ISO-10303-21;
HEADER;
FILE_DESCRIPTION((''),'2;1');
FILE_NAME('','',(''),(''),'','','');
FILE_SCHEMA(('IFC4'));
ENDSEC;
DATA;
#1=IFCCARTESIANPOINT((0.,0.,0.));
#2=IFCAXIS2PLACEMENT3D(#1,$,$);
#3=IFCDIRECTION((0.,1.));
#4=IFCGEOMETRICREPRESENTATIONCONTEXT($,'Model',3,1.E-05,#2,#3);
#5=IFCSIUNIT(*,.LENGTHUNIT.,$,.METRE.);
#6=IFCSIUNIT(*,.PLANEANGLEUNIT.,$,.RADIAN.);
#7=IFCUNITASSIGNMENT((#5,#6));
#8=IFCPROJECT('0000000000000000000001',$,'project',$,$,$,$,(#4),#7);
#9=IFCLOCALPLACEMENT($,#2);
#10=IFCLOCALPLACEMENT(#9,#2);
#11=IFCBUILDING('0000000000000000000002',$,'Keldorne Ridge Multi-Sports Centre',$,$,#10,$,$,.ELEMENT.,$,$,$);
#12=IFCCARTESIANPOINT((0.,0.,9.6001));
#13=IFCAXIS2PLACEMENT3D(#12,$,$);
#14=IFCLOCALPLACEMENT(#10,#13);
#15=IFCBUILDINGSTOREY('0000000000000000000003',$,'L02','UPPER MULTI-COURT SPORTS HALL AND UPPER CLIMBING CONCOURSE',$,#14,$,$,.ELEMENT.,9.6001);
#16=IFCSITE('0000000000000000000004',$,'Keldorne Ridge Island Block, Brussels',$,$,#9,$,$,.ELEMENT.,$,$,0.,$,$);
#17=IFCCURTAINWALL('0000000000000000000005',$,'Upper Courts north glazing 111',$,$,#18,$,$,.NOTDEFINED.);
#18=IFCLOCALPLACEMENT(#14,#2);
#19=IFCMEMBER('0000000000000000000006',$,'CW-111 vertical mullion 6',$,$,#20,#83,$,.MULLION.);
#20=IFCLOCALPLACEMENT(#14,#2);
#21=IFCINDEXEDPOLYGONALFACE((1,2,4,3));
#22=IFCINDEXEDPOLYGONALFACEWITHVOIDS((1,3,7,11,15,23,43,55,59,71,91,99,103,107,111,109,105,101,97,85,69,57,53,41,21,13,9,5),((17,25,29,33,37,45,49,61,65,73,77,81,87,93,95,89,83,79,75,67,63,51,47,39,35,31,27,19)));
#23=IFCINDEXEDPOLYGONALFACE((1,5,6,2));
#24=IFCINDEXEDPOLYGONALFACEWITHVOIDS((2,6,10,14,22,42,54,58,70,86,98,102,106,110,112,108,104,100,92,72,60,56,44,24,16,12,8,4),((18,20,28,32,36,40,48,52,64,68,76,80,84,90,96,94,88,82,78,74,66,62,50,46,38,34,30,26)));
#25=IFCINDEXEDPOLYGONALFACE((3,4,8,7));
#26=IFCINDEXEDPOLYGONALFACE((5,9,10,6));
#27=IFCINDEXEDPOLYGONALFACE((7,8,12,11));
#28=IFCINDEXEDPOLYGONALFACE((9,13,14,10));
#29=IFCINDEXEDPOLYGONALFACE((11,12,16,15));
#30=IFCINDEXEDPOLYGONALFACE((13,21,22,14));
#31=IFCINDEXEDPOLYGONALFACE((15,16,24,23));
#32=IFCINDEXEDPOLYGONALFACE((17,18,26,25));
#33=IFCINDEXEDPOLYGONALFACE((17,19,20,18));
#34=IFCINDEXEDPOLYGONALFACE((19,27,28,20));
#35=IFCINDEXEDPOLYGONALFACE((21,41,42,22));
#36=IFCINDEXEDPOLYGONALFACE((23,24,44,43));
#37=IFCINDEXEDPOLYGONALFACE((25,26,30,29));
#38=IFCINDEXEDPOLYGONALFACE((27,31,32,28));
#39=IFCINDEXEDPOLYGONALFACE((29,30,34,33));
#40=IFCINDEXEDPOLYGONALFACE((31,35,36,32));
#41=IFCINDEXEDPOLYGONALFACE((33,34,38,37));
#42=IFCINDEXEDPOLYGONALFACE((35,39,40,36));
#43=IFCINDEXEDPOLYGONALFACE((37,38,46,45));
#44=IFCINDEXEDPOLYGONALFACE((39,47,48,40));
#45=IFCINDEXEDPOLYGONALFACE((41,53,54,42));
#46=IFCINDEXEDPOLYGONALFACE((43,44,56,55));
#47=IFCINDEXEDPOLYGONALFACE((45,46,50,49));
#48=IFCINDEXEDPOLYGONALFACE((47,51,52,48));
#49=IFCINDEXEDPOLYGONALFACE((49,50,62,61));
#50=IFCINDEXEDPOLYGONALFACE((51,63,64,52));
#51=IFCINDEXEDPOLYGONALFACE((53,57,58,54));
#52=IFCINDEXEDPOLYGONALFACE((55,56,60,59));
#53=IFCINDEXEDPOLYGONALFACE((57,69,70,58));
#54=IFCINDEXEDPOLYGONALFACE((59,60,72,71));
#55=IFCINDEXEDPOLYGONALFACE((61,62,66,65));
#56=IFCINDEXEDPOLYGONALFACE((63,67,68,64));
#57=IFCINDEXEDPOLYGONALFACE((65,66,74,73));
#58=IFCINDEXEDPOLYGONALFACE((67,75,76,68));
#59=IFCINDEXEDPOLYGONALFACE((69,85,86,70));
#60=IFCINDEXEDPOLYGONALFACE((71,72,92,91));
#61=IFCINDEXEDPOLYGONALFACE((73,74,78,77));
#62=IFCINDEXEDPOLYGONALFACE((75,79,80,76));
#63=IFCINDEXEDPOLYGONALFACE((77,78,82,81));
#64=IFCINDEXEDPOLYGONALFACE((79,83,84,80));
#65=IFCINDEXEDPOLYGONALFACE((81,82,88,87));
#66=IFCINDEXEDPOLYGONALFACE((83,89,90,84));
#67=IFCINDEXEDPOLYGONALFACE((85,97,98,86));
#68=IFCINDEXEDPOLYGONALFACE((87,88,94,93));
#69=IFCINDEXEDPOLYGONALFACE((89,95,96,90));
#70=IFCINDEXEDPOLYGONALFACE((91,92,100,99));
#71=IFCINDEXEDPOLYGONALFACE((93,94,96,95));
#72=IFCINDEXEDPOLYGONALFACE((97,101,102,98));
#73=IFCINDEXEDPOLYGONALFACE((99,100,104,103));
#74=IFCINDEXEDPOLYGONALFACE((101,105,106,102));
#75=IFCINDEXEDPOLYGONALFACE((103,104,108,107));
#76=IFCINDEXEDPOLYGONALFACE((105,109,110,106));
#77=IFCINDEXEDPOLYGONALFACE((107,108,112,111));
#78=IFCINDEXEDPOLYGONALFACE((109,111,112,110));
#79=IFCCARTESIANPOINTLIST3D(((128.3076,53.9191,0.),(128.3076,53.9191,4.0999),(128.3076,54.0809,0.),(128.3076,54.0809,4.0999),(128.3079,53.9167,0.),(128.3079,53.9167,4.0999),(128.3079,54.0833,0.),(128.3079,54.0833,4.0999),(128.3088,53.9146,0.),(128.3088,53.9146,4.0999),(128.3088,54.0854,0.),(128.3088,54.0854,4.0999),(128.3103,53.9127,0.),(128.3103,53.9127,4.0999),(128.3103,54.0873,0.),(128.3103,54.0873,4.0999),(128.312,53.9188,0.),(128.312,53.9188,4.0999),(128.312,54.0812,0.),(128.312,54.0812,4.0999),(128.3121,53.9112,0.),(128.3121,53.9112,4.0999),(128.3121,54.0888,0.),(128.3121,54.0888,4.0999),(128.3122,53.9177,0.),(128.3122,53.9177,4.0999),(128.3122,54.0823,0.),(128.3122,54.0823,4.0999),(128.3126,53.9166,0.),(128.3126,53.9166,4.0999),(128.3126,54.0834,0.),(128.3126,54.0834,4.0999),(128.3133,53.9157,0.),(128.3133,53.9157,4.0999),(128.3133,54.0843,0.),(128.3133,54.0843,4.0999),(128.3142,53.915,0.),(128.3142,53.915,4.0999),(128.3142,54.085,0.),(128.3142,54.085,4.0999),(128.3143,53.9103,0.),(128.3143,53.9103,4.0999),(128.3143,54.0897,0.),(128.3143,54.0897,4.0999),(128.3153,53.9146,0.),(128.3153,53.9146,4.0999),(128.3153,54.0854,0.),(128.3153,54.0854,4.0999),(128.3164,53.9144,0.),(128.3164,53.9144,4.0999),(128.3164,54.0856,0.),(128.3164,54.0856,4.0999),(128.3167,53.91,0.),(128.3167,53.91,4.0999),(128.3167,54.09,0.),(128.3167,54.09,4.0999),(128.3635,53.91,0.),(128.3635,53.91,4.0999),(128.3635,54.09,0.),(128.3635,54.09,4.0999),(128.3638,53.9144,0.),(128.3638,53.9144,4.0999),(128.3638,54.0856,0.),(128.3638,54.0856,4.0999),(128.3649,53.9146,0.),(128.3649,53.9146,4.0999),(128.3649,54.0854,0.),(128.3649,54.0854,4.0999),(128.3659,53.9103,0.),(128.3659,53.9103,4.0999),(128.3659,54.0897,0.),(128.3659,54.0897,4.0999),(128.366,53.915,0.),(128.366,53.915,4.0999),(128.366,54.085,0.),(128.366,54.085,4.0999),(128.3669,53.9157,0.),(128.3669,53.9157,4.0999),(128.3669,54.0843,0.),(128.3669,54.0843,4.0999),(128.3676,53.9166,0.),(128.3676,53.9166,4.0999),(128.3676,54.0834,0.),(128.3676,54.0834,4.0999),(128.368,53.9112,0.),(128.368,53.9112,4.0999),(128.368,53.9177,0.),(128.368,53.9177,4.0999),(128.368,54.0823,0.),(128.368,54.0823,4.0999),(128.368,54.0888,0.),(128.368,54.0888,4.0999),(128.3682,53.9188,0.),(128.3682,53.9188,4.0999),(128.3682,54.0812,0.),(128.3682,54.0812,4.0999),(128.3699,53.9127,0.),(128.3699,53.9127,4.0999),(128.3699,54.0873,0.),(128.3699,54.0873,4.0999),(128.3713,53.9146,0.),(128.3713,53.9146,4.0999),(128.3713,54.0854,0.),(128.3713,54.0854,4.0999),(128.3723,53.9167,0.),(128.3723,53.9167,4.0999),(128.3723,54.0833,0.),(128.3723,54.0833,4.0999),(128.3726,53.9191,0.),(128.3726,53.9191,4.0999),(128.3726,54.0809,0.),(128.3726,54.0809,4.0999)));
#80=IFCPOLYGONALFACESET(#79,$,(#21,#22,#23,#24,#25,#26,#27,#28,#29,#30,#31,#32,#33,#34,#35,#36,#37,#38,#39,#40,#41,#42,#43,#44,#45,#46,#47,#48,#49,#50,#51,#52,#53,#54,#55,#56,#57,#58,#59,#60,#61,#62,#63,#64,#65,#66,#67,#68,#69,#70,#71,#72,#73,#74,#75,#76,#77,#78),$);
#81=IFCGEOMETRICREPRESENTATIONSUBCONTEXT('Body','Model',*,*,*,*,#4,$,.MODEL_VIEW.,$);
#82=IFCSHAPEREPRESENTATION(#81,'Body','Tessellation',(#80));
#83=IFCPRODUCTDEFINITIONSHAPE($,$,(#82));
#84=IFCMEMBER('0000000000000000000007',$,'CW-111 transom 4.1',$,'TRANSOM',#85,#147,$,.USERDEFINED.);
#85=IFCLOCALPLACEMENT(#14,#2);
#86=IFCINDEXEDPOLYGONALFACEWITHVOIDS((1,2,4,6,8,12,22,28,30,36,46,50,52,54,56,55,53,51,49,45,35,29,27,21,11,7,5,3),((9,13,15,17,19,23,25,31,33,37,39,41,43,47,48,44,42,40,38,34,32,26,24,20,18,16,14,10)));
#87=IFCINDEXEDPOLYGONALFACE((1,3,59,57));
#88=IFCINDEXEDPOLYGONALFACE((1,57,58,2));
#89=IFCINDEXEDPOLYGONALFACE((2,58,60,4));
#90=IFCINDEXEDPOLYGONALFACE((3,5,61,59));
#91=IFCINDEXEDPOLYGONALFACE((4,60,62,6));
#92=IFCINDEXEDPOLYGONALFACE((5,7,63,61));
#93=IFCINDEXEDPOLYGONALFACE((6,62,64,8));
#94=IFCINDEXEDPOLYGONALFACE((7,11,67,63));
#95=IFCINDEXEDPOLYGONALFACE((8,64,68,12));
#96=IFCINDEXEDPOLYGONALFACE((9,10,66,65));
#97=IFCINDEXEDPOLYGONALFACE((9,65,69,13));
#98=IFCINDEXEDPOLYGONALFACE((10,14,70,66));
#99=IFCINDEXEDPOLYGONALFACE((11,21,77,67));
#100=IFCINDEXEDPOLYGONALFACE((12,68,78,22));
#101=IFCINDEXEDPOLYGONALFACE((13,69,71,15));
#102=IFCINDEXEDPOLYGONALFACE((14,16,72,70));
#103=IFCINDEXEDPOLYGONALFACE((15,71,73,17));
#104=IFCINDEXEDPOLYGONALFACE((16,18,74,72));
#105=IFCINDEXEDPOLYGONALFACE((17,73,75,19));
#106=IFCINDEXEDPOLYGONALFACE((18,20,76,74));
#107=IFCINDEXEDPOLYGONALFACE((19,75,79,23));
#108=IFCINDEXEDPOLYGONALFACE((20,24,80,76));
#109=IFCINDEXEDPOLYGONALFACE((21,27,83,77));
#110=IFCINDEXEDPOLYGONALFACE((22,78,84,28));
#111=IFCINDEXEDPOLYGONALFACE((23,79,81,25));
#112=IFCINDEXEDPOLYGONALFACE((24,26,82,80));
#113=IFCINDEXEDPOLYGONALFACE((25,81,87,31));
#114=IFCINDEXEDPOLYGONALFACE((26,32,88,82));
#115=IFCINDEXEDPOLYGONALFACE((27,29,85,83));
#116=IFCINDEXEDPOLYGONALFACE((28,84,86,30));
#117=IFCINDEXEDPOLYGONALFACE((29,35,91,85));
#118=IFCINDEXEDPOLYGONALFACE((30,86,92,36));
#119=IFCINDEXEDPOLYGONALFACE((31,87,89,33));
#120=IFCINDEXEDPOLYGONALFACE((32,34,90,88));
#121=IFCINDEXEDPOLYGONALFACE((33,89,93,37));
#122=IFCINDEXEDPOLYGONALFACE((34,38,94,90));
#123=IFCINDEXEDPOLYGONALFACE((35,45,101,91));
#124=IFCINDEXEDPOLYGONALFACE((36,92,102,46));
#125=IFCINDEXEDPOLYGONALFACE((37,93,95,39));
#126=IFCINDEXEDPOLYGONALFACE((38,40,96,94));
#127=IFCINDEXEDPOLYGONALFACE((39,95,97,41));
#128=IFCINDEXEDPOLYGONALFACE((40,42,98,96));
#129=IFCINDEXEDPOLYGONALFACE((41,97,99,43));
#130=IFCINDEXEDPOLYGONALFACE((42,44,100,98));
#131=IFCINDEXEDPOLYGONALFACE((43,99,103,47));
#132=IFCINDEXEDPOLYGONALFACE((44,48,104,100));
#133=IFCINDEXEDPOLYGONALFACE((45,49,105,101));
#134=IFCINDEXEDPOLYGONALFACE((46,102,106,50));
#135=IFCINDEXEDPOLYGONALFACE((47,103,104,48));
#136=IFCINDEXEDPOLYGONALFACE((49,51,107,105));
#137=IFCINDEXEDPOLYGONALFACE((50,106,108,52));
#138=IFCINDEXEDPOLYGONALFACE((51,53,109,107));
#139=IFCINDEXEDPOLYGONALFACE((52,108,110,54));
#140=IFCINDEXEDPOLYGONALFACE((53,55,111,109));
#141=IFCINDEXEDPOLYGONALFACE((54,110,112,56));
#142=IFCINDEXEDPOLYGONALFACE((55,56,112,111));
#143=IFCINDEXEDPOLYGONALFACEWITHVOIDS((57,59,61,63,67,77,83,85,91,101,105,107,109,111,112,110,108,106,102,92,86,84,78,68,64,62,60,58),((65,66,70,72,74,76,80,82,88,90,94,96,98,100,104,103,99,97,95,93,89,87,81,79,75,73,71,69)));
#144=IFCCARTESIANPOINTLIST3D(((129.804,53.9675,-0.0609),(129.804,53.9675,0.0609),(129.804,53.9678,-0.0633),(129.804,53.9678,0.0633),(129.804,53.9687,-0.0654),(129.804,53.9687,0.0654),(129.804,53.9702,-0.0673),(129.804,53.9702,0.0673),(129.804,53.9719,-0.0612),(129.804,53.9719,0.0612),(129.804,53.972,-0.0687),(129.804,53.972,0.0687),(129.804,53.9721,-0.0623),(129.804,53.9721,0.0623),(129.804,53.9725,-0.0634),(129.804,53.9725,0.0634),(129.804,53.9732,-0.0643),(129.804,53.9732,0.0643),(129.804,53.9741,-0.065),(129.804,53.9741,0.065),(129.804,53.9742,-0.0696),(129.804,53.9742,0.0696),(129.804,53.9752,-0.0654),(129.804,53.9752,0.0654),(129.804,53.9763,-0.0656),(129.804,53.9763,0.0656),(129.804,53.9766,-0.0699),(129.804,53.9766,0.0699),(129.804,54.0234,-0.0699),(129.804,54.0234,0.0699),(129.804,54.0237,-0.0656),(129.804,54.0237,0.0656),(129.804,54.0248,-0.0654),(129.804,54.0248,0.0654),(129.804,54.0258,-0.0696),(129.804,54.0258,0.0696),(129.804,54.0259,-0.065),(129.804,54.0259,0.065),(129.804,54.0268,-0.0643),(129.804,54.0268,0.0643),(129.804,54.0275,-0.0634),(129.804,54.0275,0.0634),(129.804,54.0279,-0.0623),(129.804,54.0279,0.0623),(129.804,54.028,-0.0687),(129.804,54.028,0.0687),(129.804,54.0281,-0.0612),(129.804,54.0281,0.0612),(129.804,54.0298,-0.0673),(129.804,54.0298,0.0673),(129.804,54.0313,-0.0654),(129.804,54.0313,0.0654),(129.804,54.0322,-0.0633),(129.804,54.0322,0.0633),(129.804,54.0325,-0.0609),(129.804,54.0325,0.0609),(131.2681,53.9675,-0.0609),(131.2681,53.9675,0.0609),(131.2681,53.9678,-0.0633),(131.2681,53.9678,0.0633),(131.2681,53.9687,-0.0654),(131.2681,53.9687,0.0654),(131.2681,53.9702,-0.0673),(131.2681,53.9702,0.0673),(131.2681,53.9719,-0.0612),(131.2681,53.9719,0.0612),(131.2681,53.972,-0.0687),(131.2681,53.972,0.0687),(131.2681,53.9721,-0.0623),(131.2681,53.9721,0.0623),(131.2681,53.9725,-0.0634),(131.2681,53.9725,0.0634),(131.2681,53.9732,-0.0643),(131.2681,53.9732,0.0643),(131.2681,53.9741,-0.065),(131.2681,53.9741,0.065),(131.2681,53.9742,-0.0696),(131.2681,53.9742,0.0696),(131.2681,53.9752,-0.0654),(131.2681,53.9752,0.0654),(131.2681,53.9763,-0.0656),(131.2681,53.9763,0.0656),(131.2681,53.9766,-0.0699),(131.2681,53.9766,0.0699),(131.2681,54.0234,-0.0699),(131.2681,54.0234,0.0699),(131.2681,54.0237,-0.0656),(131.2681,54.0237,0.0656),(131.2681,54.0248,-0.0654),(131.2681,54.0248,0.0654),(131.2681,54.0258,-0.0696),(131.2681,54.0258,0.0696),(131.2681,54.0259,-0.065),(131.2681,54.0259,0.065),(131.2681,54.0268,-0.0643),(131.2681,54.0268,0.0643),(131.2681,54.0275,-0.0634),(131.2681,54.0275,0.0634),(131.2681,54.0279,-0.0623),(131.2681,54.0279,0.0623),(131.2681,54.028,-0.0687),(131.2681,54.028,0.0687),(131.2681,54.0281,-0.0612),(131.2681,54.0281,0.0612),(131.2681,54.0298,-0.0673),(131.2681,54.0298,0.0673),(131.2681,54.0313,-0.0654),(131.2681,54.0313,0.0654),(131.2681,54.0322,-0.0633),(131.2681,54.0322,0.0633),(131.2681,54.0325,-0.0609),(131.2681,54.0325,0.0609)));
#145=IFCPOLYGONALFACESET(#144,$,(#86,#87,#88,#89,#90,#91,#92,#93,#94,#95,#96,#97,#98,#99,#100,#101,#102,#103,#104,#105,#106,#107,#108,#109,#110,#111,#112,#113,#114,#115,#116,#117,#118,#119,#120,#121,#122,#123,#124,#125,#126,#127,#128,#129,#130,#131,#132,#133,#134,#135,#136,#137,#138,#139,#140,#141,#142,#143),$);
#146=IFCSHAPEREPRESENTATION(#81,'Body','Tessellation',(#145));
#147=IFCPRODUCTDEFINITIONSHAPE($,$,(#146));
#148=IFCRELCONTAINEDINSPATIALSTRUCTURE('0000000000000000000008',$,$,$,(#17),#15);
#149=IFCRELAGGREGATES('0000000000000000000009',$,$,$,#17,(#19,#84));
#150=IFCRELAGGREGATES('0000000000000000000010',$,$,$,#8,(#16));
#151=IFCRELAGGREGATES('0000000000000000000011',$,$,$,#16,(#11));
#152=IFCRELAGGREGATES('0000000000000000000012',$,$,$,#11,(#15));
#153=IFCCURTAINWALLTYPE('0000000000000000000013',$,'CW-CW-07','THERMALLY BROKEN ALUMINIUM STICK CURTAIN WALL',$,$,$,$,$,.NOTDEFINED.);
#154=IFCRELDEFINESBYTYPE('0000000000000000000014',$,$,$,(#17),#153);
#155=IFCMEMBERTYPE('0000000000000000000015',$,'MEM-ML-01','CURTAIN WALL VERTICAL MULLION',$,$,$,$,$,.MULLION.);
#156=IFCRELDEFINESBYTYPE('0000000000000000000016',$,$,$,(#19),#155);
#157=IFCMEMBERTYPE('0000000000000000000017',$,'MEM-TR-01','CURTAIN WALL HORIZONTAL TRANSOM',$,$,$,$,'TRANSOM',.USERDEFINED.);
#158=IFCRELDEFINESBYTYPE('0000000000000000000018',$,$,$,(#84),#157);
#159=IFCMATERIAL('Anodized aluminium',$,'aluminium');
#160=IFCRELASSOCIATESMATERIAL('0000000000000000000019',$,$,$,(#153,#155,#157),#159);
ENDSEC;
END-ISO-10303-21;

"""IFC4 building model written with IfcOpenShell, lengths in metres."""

from ifc_helpers import new_model, si_unit, direction, frame, origin, origin_2d, place, context, subcontext, project, spatial, hollow_rectangle, extrude, material, material_profile, profile_set, type_object, element, aggregate, save


model = new_model("IFC4")

# Units and contexts
model_context = context("Model", 3, precision=1e-05, world=origin(), true_north=direction((0.0, 1.0)))
body_context = subcontext(model_context, "Body", "Model", "MODEL_VIEW")
ifc_project = project(units=[si_unit("LENGTHUNIT", "METRE"), si_unit("PLANEANGLEUNIT", "RADIAN")], contexts=[model_context])

# Site, building, storey
site_placement = place(None, origin())
site = spatial("IfcSite", under=ifc_project, at=site_placement, Name="Keldorne Ridge Island Block, Brussels", CompositionType="ELEMENT", RefElevation=0.0)
building_placement = place(site_placement, origin())
building = spatial("IfcBuilding", under=site, at=building_placement, Name="Keldorne Ridge Multi-Sports Centre", CompositionType="ELEMENT")
storey_placement = place(building_placement, frame((0.0, 0.0, 9.6001)))
storey = spatial("IfcBuildingStorey", under=building, at=storey_placement, Name="L02", Description="UPPER MULTI-COURT SPORTS HALL AND UPPER CLIMBING CONCOURSE", CompositionType="ELEMENT", Elevation=9.6001)

# Curtain wall, members
ifc_material_1 = material(Name="Anodized aluminium", Category="aluminium")
curtain_wall_type = type_object("IfcCurtainWallType", Name="CW-CW-07", Description="THERMALLY BROKEN ALUMINIUM STICK CURTAIN WALL", PredefinedType="NOTDEFINED", material=ifc_material_1)
curtain_wall_placement = place(storey_placement, origin())
curtain_wall = element("IfcCurtainWall", 1, at=curtain_wall_placement, inside=storey, type_object=curtain_wall_type, Name="Upper Courts north glazing 111", PredefinedType="NOTDEFINED")
ifc_material_profile_1 = material_profile(ifc_material_1, hollow_rectangle(XDim=0.0649, YDim=0.1799, WallThickness=0.0044, InnerFilletRadius=0.0044, OuterFilletRadius=0.009, at=origin_2d()), Name="ALU MULLION 180x65x4.5")
ifc_profile_set_1 = profile_set([ifc_material_profile_1], Name="Anodized aluminium")
member_type_1 = type_object("IfcMemberType", Name="MEM-ML-01", Description="CURTAIN WALL VERTICAL MULLION", PredefinedType="MULLION", material=ifc_profile_set_1)
member_1_placement = place(storey_placement, frame((128.3401, 54.0, 0.0), z_axis=(0.0, 0.0, 1.0), x_axis=(1.0, 0.0, 0.0)))
member_1 = element("IfcMember", 2, at=member_1_placement, type_object=member_type_1, Name="CW-111 vertical mullion 6", PredefinedType="MULLION", context=body_context, shape_type="SweptSolid", body=[
    extrude(hollow_rectangle(XDim=0.0649, YDim=0.1799, WallThickness=0.0044, InnerFilletRadius=0.0044, OuterFilletRadius=0.009, at=origin_2d()), origin(), (0.0, 0.0, 1.0), 4.0999),
])
ifc_material_profile_2 = material_profile(ifc_material_1, hollow_rectangle(XDim=0.0649, YDim=0.1399, WallThickness=0.0044, InnerFilletRadius=0.0044, OuterFilletRadius=0.009, at=origin_2d()), Name="ALU TRANSOM 140x65x4.5")
ifc_profile_set_2 = profile_set([ifc_material_profile_2], Name="Anodized aluminium")
member_type_2 = type_object("IfcMemberType", Name="MEM-TR-01", Description="CURTAIN WALL HORIZONTAL TRANSOM", ElementType="TRANSOM", PredefinedType="USERDEFINED", material=ifc_profile_set_2)
member_2_placement = place(storey_placement, frame((131.2681, 54.0, 0.0), z_axis=(-1.0, 0.0, 0.0), x_axis=(0.0, -1.0, 0.0)))
member_2 = element("IfcMember", 3, at=member_2_placement, type_object=member_type_2, Name="CW-111 transom 4.1", ObjectType="TRANSOM", PredefinedType="USERDEFINED", context=body_context, shape_type="SweptSolid", body=[
    extrude(hollow_rectangle(XDim=0.0649, YDim=0.1399, WallThickness=0.0044, InnerFilletRadius=0.0044, OuterFilletRadius=0.009, at=origin_2d()), origin(), (0.0, 0.0, 1.0), 1.4641),
])
aggregate(curtain_wall, [member_1, member_2])

save(model, "model.ifc")
